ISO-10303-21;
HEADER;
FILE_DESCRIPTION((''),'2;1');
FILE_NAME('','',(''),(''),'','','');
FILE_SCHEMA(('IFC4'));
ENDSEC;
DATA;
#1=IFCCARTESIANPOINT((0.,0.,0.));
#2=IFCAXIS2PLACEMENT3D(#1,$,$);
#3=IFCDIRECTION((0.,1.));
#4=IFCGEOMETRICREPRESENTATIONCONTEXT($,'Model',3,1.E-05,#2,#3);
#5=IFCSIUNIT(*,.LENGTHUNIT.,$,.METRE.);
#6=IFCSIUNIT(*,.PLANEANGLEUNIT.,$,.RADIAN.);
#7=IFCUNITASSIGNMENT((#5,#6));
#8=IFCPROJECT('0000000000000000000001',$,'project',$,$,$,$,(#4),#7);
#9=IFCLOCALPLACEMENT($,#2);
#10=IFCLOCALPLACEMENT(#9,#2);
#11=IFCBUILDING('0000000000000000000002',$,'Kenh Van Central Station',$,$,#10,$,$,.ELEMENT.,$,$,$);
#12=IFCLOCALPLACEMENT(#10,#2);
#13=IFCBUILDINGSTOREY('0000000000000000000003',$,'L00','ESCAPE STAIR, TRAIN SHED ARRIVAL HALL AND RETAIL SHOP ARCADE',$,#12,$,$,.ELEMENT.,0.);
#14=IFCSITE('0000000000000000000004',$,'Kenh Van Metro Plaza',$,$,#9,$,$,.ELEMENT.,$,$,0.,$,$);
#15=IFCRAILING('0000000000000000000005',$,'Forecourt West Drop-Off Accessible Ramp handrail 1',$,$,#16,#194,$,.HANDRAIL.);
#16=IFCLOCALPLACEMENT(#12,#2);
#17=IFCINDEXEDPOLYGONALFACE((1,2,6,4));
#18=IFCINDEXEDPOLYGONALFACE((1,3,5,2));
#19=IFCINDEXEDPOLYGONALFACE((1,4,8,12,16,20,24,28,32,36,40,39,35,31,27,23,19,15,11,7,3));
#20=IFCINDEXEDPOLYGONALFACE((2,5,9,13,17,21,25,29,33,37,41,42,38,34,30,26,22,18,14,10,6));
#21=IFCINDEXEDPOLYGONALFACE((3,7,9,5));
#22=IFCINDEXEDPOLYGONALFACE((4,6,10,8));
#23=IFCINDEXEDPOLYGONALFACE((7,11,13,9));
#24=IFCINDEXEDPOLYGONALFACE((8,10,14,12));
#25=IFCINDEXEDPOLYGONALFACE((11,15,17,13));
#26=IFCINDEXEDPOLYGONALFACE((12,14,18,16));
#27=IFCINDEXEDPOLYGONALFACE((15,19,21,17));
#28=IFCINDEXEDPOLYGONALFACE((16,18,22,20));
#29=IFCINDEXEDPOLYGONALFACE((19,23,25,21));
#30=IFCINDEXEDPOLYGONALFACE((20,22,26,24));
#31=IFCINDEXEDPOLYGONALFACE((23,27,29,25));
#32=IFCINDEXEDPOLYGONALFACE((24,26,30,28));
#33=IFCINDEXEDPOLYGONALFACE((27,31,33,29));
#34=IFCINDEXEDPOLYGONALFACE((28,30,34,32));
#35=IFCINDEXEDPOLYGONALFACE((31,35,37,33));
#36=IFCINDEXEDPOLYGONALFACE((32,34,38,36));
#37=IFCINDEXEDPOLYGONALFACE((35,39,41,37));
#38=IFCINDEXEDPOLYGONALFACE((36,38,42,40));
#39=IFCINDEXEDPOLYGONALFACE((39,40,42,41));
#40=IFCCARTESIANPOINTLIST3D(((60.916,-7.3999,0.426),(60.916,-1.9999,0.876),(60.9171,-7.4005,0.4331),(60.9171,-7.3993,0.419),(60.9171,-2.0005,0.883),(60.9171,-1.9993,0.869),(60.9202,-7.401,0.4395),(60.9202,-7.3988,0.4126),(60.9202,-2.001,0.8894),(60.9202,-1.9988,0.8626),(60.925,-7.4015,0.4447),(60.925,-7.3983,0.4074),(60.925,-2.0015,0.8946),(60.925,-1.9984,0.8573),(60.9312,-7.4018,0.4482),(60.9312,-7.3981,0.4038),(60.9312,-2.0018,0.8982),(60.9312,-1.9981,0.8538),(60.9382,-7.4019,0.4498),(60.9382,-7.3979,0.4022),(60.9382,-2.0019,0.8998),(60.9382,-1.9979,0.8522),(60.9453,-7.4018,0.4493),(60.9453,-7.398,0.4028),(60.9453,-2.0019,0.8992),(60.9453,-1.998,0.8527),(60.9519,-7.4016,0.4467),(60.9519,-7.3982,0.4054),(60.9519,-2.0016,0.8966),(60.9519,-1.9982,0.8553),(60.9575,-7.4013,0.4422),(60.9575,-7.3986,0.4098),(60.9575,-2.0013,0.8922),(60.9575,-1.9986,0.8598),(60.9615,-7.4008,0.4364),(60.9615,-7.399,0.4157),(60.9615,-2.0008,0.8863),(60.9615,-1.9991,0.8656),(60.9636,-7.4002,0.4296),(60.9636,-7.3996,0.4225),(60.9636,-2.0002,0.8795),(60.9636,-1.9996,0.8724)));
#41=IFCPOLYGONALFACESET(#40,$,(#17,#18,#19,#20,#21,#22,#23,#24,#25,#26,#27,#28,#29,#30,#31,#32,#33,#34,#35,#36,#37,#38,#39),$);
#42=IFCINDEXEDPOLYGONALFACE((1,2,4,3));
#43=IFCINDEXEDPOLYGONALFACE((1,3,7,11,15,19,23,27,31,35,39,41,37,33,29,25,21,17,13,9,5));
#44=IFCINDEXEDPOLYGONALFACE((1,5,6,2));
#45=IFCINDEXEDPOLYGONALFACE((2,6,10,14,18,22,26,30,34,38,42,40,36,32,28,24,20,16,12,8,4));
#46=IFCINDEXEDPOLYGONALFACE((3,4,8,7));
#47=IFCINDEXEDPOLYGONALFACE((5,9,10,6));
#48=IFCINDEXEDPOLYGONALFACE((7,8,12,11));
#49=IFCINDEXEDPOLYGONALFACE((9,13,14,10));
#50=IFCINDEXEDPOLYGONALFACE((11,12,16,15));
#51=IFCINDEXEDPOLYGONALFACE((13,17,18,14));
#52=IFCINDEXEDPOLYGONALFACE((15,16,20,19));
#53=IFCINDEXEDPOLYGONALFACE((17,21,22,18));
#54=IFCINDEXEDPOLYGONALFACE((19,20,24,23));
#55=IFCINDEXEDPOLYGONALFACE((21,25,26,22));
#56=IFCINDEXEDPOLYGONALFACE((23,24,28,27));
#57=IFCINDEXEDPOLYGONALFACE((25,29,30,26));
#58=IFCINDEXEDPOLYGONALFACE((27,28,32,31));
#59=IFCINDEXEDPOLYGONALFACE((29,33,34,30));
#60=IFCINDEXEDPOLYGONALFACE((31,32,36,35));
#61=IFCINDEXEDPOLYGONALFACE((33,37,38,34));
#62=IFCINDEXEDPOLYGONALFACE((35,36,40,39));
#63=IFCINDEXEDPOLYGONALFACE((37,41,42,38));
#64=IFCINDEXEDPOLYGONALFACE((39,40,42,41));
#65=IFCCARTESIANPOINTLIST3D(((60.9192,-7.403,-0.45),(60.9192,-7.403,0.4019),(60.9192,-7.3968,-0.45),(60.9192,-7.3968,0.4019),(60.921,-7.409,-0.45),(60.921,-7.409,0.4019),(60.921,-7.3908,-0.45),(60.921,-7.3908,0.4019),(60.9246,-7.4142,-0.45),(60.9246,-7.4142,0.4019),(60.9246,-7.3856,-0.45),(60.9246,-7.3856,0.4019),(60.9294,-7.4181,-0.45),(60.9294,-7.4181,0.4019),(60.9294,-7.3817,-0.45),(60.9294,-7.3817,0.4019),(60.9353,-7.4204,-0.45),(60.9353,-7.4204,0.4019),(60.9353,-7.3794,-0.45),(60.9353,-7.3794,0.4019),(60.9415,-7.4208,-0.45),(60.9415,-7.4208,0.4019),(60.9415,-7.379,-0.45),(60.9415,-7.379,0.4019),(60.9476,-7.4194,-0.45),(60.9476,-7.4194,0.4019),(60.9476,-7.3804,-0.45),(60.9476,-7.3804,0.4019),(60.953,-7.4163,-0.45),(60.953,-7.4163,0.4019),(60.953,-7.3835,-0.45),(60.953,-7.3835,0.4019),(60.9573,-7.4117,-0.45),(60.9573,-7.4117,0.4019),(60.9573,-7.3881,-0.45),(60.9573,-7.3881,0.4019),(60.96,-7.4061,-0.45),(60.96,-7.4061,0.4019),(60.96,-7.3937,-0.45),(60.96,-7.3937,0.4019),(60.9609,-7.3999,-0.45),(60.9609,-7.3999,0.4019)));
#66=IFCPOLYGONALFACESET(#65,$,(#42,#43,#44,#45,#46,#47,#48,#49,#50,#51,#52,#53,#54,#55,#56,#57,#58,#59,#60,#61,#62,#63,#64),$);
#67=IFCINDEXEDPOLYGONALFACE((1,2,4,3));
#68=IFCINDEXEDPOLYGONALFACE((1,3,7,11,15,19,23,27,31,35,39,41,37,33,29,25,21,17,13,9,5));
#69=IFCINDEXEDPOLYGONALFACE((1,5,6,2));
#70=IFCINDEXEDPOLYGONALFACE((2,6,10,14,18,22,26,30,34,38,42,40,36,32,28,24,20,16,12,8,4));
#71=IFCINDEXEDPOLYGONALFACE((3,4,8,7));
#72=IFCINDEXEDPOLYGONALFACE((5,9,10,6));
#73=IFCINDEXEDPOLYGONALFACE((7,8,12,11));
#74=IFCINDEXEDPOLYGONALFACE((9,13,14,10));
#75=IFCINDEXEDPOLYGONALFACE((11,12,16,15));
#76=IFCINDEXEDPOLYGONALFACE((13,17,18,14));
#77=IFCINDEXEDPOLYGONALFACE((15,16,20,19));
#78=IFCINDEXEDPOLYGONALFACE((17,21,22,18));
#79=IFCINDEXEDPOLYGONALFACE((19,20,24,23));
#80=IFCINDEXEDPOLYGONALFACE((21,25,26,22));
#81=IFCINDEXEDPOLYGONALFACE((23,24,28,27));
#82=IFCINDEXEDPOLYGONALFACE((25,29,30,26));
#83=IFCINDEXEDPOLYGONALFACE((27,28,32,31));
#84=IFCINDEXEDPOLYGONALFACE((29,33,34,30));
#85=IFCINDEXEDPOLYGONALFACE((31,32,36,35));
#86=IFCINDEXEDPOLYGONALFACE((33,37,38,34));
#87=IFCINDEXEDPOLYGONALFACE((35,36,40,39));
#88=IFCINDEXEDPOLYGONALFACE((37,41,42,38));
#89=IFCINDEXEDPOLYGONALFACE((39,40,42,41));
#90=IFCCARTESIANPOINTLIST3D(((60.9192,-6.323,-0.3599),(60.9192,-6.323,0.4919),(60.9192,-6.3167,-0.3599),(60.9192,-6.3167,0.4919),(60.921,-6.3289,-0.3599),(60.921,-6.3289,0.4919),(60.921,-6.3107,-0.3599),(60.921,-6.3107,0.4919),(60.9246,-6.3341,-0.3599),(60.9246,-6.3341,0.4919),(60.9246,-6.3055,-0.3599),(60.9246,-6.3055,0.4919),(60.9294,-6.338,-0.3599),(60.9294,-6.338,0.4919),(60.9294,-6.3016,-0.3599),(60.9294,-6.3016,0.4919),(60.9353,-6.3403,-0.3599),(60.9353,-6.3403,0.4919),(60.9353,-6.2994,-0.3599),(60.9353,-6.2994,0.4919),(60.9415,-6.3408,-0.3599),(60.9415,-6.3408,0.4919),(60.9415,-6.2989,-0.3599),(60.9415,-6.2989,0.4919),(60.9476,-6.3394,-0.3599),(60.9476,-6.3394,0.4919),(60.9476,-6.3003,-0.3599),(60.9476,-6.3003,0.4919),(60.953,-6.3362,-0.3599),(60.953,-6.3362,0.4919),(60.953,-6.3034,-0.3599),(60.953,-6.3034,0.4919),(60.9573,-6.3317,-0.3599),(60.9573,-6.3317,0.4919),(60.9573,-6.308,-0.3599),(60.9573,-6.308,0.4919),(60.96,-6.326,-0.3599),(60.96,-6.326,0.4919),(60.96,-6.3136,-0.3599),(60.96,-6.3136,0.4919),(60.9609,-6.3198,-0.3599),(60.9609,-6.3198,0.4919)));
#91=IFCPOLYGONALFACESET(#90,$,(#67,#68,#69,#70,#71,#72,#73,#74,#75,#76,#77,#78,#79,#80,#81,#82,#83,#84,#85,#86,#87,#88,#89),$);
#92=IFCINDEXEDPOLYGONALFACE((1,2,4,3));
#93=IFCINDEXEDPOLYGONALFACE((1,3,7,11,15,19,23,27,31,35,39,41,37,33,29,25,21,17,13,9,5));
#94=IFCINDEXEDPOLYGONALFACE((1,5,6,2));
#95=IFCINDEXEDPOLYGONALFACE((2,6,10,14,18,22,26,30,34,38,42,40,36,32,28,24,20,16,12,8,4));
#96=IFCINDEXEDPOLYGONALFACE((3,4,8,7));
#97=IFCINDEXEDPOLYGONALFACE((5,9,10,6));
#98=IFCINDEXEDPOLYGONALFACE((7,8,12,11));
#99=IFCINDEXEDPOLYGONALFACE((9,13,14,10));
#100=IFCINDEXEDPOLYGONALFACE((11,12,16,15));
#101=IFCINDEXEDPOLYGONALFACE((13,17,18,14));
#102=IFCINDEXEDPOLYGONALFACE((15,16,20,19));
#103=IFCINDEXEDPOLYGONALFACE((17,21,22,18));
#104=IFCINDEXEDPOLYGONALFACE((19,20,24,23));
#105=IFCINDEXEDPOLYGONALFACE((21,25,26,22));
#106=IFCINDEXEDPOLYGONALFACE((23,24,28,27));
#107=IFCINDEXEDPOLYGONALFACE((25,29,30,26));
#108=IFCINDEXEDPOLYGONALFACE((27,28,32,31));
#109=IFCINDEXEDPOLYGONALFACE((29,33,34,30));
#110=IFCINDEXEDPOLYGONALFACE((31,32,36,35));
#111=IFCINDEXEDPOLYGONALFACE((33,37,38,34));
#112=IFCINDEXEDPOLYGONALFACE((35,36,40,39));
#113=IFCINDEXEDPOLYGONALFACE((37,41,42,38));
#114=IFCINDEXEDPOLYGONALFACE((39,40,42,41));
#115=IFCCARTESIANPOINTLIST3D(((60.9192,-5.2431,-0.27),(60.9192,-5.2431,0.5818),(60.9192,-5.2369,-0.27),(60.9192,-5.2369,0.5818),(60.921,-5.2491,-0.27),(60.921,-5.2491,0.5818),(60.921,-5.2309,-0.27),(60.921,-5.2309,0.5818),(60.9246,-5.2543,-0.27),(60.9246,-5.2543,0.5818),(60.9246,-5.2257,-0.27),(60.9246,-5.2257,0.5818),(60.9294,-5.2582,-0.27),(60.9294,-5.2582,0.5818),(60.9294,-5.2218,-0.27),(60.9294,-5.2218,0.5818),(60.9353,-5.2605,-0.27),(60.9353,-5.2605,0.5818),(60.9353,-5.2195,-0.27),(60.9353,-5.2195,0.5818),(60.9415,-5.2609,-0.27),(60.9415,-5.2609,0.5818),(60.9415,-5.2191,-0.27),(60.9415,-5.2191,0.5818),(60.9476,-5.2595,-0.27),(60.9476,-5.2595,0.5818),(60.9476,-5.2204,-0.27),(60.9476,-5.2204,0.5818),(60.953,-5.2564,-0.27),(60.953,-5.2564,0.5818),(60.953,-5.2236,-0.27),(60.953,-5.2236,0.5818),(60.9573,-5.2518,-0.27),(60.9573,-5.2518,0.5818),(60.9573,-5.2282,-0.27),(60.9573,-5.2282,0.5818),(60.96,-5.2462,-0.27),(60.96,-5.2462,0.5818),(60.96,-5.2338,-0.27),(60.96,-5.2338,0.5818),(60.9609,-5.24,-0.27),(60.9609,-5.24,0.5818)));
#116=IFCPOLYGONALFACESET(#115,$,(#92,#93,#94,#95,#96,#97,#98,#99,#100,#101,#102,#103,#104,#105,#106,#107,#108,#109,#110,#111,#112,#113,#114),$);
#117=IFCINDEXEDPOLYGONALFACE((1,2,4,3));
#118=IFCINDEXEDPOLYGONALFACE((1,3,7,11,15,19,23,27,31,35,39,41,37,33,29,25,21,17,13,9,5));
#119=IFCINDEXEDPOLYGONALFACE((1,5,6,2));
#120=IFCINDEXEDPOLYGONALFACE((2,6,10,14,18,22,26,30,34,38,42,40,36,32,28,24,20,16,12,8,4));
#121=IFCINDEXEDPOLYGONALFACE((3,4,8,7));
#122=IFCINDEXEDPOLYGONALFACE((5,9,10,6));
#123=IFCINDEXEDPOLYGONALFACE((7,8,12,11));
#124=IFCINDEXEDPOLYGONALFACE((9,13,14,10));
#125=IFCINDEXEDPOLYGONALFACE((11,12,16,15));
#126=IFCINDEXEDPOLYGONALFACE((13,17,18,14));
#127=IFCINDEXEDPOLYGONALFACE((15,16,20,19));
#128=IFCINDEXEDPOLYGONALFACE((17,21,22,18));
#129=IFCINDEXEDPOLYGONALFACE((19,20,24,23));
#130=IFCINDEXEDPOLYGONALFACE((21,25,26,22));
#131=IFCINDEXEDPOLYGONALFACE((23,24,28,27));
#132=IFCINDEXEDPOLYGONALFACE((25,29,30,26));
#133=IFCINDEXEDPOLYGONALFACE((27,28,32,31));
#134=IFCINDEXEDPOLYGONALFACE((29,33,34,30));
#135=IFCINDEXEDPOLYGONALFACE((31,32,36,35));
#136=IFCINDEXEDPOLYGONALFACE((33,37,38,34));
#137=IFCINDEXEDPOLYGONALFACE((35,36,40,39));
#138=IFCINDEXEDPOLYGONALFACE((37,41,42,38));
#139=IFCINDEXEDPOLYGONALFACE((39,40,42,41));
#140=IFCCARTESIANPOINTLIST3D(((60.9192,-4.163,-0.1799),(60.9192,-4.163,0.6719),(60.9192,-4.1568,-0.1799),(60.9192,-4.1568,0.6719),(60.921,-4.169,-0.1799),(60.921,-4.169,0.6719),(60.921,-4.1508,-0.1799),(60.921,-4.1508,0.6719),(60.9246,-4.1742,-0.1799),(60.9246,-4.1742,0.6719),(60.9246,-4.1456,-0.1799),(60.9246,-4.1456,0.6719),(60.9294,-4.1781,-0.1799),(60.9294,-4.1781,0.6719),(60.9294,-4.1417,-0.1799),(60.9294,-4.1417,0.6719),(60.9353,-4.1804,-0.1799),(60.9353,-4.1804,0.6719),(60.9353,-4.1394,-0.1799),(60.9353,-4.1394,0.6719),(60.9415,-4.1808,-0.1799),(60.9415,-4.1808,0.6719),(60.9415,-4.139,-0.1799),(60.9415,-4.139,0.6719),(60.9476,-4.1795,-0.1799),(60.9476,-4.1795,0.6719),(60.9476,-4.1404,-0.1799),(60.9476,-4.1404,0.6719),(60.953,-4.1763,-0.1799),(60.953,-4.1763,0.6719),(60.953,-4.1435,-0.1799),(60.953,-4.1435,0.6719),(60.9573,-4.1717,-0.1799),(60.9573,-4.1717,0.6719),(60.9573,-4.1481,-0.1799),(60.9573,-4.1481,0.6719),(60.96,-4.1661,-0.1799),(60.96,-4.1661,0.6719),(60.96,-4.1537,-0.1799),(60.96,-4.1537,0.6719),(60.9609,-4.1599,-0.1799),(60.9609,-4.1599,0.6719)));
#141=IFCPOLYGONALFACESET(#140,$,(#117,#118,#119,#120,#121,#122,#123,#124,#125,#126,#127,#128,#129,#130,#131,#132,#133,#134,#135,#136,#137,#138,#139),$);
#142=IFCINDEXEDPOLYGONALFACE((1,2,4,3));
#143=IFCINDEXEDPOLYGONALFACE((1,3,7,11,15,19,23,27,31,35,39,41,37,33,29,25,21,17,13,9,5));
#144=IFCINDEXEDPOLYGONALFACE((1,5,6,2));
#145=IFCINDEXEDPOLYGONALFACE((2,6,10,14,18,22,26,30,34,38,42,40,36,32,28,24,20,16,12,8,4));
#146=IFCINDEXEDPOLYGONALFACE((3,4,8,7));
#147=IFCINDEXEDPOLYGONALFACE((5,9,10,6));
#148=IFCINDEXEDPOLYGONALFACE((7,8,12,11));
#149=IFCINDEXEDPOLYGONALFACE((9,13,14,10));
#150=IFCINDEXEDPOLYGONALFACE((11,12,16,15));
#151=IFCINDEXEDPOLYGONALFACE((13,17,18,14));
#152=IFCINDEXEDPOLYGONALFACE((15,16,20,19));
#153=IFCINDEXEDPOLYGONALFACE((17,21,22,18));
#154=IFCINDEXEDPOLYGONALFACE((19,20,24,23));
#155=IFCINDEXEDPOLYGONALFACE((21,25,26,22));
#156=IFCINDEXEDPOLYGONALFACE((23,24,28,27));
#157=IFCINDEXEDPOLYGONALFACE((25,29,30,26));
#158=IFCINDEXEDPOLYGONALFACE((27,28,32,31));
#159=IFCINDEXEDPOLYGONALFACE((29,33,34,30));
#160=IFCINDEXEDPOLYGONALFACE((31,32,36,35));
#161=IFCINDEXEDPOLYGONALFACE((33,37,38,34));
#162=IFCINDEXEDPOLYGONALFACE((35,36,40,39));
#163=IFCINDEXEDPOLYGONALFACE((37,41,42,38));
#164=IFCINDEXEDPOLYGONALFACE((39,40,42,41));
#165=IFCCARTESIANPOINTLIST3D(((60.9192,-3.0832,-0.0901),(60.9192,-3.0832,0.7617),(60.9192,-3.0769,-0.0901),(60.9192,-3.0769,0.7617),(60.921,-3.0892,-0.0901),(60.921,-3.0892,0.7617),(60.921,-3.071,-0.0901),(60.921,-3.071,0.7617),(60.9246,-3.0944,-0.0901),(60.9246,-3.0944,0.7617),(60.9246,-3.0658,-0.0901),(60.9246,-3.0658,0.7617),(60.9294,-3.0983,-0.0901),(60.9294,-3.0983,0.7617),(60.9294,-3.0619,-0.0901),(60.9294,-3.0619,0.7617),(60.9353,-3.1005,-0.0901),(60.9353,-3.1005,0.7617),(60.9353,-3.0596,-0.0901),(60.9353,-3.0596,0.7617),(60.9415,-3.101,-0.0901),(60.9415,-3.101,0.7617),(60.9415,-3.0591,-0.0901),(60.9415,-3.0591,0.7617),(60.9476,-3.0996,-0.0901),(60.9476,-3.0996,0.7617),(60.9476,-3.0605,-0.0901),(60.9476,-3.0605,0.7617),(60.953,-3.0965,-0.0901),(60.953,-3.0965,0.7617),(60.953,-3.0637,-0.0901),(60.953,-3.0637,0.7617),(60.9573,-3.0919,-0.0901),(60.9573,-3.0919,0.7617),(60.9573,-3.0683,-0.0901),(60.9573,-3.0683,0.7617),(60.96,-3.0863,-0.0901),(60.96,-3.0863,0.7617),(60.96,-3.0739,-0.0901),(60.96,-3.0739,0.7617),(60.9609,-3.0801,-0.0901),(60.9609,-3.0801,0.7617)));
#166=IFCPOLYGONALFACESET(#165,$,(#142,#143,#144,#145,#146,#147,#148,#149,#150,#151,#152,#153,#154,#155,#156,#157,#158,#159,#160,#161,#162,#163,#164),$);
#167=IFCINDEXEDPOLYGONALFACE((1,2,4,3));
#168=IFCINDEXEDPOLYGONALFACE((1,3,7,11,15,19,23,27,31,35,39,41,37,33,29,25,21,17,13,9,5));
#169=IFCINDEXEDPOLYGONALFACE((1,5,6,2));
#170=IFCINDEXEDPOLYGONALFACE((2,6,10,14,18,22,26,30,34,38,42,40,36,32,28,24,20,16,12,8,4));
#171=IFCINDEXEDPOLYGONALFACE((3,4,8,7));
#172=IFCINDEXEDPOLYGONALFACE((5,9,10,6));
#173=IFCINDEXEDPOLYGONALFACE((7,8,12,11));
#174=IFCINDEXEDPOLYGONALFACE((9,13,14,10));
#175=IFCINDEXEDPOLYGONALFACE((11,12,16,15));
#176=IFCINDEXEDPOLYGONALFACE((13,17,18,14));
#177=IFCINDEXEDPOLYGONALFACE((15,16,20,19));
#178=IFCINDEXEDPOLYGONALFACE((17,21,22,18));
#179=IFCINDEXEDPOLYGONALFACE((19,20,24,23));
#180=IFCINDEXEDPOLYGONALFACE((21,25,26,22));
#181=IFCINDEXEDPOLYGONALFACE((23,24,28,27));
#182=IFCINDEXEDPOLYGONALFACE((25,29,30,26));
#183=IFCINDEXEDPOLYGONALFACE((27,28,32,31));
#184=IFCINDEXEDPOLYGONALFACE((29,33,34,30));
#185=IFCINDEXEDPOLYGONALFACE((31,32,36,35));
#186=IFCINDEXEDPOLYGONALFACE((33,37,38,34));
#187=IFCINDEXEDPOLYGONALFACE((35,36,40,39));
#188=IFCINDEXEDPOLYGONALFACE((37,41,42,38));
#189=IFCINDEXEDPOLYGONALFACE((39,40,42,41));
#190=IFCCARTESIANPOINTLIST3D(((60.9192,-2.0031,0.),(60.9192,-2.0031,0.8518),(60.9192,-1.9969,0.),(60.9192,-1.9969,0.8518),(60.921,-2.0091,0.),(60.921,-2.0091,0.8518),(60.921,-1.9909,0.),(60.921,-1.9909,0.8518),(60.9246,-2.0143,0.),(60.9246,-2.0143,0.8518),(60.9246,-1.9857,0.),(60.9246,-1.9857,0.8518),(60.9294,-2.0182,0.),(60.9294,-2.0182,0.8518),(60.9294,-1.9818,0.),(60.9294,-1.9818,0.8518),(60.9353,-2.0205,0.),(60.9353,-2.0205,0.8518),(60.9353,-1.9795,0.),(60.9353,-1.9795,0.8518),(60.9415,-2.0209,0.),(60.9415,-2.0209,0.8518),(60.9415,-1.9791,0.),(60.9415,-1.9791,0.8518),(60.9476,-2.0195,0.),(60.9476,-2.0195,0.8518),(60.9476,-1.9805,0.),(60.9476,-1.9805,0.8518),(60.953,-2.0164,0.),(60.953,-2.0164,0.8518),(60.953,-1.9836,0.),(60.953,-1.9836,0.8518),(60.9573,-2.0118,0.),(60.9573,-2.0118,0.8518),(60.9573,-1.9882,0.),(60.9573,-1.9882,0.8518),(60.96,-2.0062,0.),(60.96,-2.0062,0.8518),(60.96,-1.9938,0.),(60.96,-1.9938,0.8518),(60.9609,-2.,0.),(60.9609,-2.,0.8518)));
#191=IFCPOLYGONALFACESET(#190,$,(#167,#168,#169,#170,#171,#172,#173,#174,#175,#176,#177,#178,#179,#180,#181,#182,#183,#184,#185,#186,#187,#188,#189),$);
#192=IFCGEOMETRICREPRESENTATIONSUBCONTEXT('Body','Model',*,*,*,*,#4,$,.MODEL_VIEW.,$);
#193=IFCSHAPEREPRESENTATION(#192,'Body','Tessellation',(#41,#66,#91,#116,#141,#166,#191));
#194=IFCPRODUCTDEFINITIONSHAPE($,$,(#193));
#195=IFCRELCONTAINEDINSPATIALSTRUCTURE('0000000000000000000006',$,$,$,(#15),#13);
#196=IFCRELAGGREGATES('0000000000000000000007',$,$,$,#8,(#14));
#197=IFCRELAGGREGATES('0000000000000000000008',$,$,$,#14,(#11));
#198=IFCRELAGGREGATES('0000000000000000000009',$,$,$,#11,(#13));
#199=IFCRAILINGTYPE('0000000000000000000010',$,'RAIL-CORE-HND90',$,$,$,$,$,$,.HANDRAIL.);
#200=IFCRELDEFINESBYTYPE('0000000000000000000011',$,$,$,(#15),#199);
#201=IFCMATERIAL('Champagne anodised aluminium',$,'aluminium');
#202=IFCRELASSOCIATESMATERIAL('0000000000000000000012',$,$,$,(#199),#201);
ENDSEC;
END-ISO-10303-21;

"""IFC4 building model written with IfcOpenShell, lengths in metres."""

from ifc_helpers import new_model, si_unit, direction, frame, origin, origin_2d, place, context, subcontext, project, spatial, circle, extrude, material, type_object, element, save


model = new_model("IFC4")

# Units and contexts
model_context = context("Model", 3, precision=1e-05, world=origin(), true_north=direction((0.0, 1.0)))
body_context = subcontext(model_context, "Body", "Model", "MODEL_VIEW")
ifc_project = project(units=[si_unit("LENGTHUNIT", "METRE"), si_unit("PLANEANGLEUNIT", "RADIAN")], contexts=[model_context])

# Site, building, storey
site_placement = place(None, origin())
site = spatial("IfcSite", under=ifc_project, at=site_placement, Name="Kenh Van Metro Plaza", CompositionType="ELEMENT", RefElevation=0.0)
building_placement = place(site_placement, origin())
building = spatial("IfcBuilding", under=site, at=building_placement, Name="Kenh Van Central Station", CompositionType="ELEMENT")
storey_placement = place(building_placement, origin())
storey = spatial("IfcBuildingStorey", under=building, at=storey_placement, Name="L00", Description="ESCAPE STAIR, TRAIN SHED ARRIVAL HALL AND RETAIL SHOP ARCADE", CompositionType="ELEMENT", Elevation=0.0)

# Shared definitions
ifc_material_1 = material(Name="Champagne anodised aluminium", Category="aluminium")

# Railing
railing_type = type_object("IfcRailingType", Name="RAIL-CORE-HND90", PredefinedType="HANDRAIL", material=ifc_material_1)
for number, where, name in (
    (1, (60.9399, -7.3999, -0.45), "Forecourt West Drop-Off Accessible Ramp handrail 1"),
):
    element("IfcRailing", number, at=place(storey_placement, frame(where)), inside=storey, type_object=railing_type, Name=name, PredefinedType="HANDRAIL", context=body_context, shape_type="SweptSolid", body=[
        extrude(circle(Radius=0.0239, at=origin_2d()), frame((0.0, 0.0, 0.876), z_axis=(0.0, 0.996546, 0.083038), x_axis=(-1.0, 0.0, 0.0)), (0.0, 0.0, 1.0), 5.4187),
        extrude(circle(Radius=0.021, at=origin_2d()), origin(), (0.0, 0.0, 1.0), 0.8518),
        extrude(circle(Radius=0.021, at=origin_2d()), frame((0.0, 1.0801, 0.0901)), (0.0, 0.0, 1.0), 0.8518),
        extrude(circle(Radius=0.021, at=origin_2d()), frame((0.0, 2.1599, 0.1799)), (0.0, 0.0, 1.0), 0.8518),
        extrude(circle(Radius=0.021, at=origin_2d()), frame((0.0, 3.24, 0.27)), (0.0, 0.0, 1.0), 0.8518),
        extrude(circle(Radius=0.021, at=origin_2d()), frame((0.0, 4.3198, 0.3599)), (0.0, 0.0, 1.0), 0.8518),
        extrude(circle(Radius=0.021, at=origin_2d()), frame((0.0, 5.3999, 0.45)), (0.0, 0.0, 1.0), 0.8518),
    ])

save(model, "model.ifc")
